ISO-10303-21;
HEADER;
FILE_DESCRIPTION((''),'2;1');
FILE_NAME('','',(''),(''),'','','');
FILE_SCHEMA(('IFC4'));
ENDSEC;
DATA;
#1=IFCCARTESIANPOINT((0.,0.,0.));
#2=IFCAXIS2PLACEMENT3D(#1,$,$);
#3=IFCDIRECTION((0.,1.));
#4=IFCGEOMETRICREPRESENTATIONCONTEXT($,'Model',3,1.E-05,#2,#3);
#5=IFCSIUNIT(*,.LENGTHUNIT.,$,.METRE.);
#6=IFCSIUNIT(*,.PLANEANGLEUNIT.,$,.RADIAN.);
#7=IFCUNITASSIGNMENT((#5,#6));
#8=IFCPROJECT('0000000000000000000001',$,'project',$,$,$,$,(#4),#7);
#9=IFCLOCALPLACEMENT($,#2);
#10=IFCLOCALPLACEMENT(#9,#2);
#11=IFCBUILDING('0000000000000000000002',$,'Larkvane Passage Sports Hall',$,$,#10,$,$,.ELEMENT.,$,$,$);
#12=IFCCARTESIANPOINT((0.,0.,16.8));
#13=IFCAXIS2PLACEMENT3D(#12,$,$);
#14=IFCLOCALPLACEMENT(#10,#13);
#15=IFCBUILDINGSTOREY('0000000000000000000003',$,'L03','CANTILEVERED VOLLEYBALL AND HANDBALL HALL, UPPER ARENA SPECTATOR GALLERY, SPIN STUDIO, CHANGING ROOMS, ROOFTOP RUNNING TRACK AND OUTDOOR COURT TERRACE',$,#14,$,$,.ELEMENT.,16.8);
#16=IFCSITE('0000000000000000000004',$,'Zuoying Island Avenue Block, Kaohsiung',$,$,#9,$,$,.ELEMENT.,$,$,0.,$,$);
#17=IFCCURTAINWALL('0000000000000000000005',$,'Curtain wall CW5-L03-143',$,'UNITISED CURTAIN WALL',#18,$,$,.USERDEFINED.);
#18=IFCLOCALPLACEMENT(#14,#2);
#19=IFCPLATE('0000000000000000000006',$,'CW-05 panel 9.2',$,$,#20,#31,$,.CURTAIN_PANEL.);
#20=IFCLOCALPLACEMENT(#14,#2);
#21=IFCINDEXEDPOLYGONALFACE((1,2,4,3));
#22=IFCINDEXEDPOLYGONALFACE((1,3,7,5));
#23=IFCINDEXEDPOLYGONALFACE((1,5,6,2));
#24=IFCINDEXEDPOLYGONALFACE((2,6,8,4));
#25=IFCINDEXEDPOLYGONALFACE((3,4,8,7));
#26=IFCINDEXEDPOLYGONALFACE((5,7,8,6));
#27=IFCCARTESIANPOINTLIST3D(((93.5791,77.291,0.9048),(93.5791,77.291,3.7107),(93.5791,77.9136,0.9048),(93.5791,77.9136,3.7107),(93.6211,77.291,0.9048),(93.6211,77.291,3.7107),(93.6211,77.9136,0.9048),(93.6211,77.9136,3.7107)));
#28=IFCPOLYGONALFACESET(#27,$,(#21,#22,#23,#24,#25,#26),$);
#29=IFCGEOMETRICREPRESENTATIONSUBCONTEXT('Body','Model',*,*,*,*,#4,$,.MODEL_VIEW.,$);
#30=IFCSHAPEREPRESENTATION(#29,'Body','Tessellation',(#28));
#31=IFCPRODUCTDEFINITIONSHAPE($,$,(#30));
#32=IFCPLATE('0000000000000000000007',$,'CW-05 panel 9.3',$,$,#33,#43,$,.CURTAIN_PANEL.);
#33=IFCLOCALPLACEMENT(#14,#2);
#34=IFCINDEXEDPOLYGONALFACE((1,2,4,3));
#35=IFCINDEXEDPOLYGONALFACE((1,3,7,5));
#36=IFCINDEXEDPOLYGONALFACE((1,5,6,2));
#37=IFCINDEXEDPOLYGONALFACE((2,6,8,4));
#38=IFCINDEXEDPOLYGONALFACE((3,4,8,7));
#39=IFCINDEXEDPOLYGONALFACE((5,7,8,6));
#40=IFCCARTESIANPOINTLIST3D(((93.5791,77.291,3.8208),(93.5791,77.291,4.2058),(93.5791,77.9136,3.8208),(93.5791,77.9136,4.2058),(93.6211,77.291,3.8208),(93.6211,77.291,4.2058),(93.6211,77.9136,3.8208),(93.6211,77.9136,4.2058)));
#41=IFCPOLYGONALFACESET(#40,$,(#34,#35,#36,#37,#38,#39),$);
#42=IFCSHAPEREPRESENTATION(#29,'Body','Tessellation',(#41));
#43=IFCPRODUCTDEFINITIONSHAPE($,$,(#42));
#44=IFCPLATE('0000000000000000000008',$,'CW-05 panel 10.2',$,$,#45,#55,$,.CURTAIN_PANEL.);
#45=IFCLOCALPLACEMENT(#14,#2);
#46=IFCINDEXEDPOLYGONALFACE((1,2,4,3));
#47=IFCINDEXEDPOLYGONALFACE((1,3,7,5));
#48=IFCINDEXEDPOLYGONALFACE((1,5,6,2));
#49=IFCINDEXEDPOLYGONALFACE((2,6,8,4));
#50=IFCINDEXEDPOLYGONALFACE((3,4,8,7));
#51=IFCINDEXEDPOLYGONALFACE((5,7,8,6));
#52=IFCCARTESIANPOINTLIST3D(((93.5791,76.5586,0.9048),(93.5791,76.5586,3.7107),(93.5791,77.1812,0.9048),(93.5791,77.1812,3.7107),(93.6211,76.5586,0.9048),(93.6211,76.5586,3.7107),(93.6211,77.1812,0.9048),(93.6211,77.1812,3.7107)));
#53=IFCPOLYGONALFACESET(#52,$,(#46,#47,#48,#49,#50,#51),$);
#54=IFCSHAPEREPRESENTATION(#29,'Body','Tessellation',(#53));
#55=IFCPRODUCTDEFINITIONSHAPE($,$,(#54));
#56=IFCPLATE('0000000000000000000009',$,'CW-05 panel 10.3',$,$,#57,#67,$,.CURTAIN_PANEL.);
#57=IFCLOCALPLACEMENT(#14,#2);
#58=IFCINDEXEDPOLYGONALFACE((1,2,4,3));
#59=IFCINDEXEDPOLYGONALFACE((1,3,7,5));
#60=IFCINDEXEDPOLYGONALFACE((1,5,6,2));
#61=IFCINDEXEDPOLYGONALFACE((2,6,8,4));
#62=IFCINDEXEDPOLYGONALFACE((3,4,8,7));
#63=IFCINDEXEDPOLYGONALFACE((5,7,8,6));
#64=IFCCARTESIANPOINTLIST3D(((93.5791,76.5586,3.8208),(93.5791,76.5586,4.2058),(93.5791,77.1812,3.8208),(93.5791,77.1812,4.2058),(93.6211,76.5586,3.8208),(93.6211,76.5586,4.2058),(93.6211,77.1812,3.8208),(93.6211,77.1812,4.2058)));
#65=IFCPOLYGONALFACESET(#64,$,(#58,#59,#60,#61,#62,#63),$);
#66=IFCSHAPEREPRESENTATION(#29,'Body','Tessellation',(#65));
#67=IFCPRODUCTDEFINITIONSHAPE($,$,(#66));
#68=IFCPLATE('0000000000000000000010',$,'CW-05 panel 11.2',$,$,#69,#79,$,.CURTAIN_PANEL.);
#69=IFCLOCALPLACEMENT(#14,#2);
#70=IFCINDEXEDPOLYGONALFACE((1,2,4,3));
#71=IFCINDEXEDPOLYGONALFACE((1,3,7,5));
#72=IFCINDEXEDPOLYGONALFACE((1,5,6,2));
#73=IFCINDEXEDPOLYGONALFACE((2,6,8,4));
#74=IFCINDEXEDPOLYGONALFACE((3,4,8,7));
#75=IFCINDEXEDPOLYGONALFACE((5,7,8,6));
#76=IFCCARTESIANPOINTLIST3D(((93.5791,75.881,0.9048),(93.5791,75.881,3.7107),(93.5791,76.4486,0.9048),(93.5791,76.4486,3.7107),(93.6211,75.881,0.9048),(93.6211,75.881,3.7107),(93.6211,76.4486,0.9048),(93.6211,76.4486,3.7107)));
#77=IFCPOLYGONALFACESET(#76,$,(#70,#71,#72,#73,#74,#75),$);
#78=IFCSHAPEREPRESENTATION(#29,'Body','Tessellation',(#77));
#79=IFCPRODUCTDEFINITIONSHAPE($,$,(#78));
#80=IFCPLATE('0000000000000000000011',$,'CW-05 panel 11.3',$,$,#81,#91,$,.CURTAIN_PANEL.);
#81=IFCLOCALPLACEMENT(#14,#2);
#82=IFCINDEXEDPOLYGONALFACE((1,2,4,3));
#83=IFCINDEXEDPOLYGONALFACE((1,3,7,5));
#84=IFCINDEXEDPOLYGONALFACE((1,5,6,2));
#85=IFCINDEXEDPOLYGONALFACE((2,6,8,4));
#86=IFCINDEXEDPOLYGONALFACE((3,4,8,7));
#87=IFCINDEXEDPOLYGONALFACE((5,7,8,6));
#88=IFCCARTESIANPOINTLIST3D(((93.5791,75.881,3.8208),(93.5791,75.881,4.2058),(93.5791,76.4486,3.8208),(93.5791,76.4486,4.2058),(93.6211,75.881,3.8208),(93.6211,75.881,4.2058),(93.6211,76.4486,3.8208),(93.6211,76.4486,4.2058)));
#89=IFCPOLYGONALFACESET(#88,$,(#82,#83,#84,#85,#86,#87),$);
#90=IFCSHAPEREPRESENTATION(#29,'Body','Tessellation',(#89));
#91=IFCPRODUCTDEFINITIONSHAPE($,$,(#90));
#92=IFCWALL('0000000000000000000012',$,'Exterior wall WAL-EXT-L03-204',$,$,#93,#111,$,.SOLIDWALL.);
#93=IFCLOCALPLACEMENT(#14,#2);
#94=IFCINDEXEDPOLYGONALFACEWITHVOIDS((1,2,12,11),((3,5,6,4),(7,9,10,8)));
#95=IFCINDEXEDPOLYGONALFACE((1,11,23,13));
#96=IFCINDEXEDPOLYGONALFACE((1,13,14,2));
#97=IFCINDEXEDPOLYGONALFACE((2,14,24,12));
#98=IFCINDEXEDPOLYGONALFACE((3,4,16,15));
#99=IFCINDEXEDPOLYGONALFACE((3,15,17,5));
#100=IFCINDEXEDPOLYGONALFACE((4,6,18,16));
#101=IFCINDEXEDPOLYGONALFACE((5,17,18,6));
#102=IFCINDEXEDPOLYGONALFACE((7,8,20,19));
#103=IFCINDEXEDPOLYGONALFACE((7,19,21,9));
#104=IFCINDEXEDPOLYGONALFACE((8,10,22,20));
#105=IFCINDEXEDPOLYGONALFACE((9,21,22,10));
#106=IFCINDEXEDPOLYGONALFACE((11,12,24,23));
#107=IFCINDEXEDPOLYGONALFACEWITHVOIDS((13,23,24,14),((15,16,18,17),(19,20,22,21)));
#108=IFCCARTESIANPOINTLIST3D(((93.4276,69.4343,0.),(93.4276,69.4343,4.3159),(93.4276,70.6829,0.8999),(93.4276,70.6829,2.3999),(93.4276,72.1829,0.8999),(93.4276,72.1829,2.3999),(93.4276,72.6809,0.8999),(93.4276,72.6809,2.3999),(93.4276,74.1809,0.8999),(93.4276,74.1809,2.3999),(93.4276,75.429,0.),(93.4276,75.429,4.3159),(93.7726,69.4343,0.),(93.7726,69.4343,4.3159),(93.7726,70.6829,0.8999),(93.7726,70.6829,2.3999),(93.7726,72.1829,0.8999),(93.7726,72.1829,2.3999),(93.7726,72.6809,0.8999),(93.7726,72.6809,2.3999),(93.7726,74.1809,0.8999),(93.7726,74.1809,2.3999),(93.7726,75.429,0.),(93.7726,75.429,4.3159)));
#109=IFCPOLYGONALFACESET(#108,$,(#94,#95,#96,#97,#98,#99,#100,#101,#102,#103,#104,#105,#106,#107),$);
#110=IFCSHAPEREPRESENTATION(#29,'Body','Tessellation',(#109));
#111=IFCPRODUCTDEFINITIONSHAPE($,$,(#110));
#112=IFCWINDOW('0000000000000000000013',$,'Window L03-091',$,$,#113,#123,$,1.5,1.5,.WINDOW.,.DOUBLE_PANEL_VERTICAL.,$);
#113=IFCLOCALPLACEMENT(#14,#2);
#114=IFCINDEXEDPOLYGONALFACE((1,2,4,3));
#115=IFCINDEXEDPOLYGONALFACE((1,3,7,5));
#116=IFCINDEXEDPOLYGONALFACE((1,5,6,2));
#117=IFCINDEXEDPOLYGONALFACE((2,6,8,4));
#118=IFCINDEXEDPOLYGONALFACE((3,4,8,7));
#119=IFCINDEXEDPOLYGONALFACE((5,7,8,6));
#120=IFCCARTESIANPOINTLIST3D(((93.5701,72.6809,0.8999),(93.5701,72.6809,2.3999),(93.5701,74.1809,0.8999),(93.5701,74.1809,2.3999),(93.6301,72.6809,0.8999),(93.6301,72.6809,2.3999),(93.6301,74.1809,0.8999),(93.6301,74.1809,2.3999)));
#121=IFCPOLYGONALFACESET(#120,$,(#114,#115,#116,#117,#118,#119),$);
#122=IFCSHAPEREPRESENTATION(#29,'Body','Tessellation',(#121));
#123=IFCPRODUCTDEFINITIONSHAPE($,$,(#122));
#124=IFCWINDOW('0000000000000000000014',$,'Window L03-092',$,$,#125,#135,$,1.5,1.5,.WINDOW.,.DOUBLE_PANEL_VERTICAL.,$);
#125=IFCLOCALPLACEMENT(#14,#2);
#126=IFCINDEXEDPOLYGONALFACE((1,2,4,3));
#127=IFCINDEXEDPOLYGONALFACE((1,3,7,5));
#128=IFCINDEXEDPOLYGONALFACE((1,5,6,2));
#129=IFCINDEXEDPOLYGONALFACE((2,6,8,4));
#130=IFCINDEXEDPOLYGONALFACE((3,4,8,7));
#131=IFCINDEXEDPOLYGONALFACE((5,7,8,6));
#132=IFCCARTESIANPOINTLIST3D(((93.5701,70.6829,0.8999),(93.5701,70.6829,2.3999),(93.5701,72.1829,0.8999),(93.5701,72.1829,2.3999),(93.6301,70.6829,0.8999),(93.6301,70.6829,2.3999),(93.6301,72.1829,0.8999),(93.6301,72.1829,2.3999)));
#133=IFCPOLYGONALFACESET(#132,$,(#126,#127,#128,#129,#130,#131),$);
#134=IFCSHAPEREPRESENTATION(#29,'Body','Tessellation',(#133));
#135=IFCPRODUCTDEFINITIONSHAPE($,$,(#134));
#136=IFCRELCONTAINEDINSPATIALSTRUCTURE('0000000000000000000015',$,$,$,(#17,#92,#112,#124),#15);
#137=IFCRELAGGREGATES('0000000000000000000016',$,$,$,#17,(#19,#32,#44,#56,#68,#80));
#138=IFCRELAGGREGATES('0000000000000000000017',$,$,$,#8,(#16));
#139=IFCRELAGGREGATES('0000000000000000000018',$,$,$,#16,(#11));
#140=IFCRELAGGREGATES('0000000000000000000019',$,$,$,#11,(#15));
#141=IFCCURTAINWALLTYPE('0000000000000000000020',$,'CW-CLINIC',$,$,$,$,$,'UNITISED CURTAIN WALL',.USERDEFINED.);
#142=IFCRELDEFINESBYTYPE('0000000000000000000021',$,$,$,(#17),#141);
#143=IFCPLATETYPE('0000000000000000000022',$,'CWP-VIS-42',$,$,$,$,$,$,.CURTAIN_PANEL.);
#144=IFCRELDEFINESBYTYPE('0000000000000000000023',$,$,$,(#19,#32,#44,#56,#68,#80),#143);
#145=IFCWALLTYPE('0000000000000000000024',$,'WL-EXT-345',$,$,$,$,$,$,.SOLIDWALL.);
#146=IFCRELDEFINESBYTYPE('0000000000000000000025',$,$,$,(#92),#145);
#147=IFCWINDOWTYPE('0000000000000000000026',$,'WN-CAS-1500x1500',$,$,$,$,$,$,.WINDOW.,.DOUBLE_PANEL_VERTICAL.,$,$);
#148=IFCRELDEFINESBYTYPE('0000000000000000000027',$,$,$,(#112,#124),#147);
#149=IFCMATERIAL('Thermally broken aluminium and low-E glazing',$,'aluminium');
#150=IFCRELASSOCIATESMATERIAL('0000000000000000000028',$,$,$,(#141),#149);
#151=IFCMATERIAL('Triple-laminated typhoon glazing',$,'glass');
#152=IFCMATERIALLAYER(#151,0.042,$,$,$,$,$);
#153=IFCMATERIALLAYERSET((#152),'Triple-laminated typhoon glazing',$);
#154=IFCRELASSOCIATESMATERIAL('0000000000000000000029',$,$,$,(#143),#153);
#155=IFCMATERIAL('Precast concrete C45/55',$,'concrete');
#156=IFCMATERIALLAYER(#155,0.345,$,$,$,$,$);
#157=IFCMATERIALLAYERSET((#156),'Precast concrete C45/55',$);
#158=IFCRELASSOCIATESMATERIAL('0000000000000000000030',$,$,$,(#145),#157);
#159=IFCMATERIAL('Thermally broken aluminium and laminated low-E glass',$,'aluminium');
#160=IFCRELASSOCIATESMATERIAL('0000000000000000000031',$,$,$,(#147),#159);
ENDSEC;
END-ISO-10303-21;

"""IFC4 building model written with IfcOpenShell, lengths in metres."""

from ifc_helpers import new_model, si_unit, direction, frame, frame_2d, origin, origin_2d, place, context, subcontext, project, spatial, rectangle, extrude, material, layer, layer_set, type_object, element, fill, aggregate, save


model = new_model("IFC4")

# Units and contexts
model_context = context("Model", 3, precision=1e-05, world=origin(), true_north=direction((0.0, 1.0)))
body_context = subcontext(model_context, "Body", "Model", "MODEL_VIEW")
ifc_project = project(units=[si_unit("LENGTHUNIT", "METRE"), si_unit("PLANEANGLEUNIT", "RADIAN")], contexts=[model_context])

# Site, building, storey
site_placement = place(None, origin())
site = spatial("IfcSite", under=ifc_project, at=site_placement, Name="Zuoying Island Avenue Block, Kaohsiung", CompositionType="ELEMENT", RefElevation=0.0)
building_placement = place(site_placement, origin())
building = spatial("IfcBuilding", under=site, at=building_placement, Name="Larkvane Passage Sports Hall", CompositionType="ELEMENT")
storey_placement = place(building_placement, frame((0.0, 0.0, 16.8)))
storey = spatial("IfcBuildingStorey", under=building, at=storey_placement, Name="L03", Description="CANTILEVERED VOLLEYBALL AND HANDBALL HALL, UPPER ARENA SPECTATOR GALLERY, SPIN STUDIO, CHANGING ROOMS, ROOFTOP RUNNING TRACK AND OUTDOOR COURT TERRACE", CompositionType="ELEMENT", Elevation=16.8)

# Curtain wall
ifc_material_1 = material(Name="Thermally broken aluminium and low-E glazing", Category="aluminium")
curtain_wall_type_1 = type_object("IfcCurtainWallType", Name="CW-CLINIC", ElementType="UNITISED CURTAIN WALL", PredefinedType="USERDEFINED", material=ifc_material_1)
curtain_wall_1_placement = place(storey_placement, origin())
curtain_wall_1 = element("IfcCurtainWall", 1, at=curtain_wall_1_placement, inside=storey, type_object=curtain_wall_type_1, Name="Curtain wall CW5-L03-143", ObjectType="UNITISED CURTAIN WALL", PredefinedType="USERDEFINED")

# Plates
ifc_material_2 = material(Name="Triple-laminated typhoon glazing", Category="glass")
ifc_layer_1 = layer(ifc_material_2, 0.042)
ifc_layer_set_1 = layer_set([ifc_layer_1], Name="Triple-laminated typhoon glazing")
plate_type_1 = type_object("IfcPlateType", Name="CWP-VIS-42", PredefinedType="CURTAIN_PANEL", material=ifc_layer_set_1)
plate_1_placement = place(storey_placement, frame((93.6001, 77.6023, 0.9048), z_axis=(0.0, 0.0, 1.0), x_axis=(0.0, -1.0, 0.0)))
plate_1 = element("IfcPlate", 2, at=plate_1_placement, type_object=plate_type_1, Name="CW-05 panel 9.2", PredefinedType="CURTAIN_PANEL", context=body_context, shape_type="SweptSolid", body=[
    extrude(rectangle(XDim=0.6226, YDim=0.042, at=origin_2d()), origin(), (0.0, 0.0, 1.0), 2.8059),
])
plate_2_placement = place(storey_placement, frame((93.6001, 77.6023, 3.8208), z_axis=(0.0, 0.0, 1.0), x_axis=(0.0, -1.0, 0.0)))
plate_2 = element("IfcPlate", 3, at=plate_2_placement, type_object=plate_type_1, Name="CW-05 panel 9.3", PredefinedType="CURTAIN_PANEL", context=body_context, shape_type="SweptSolid", body=[
    extrude(rectangle(XDim=0.6226, YDim=0.042, at=origin_2d()), origin(), (0.0, 0.0, 1.0), 0.385),
])
plate_3_placement = place(storey_placement, frame((93.6001, 76.8699, 0.9048), z_axis=(0.0, 0.0, 1.0), x_axis=(0.0, -1.0, 0.0)))
plate_3 = element("IfcPlate", 4, at=plate_3_placement, type_object=plate_type_1, Name="CW-05 panel 10.2", PredefinedType="CURTAIN_PANEL", context=body_context, shape_type="SweptSolid", body=[
    extrude(rectangle(XDim=0.6226, YDim=0.042, at=origin_2d()), origin(), (0.0, 0.0, 1.0), 2.8059),
])
plate_4_placement = place(storey_placement, frame((93.6001, 76.8699, 3.8208), z_axis=(0.0, 0.0, 1.0), x_axis=(0.0, -1.0, 0.0)))
plate_4 = element("IfcPlate", 5, at=plate_4_placement, type_object=plate_type_1, Name="CW-05 panel 10.3", PredefinedType="CURTAIN_PANEL", context=body_context, shape_type="SweptSolid", body=[
    extrude(rectangle(XDim=0.6226, YDim=0.042, at=origin_2d()), origin(), (0.0, 0.0, 1.0), 0.385),
])
plate_5_placement = place(storey_placement, frame((93.6001, 76.1648, 0.9048), z_axis=(0.0, 0.0, 1.0), x_axis=(0.0, -1.0, 0.0)))
plate_5 = element("IfcPlate", 6, at=plate_5_placement, type_object=plate_type_1, Name="CW-05 panel 11.2", PredefinedType="CURTAIN_PANEL", context=body_context, shape_type="SweptSolid", body=[
    extrude(rectangle(XDim=0.5676, YDim=0.042, at=origin_2d()), origin(), (0.0, 0.0, 1.0), 2.8059),
])
plate_6_placement = place(storey_placement, frame((93.6001, 76.1648, 3.8208), z_axis=(0.0, 0.0, 1.0), x_axis=(0.0, -1.0, 0.0)))
plate_6 = element("IfcPlate", 7, at=plate_6_placement, type_object=plate_type_1, Name="CW-05 panel 11.3", PredefinedType="CURTAIN_PANEL", context=body_context, shape_type="SweptSolid", body=[
    extrude(rectangle(XDim=0.5676, YDim=0.042, at=origin_2d()), origin(), (0.0, 0.0, 1.0), 0.385),
])
aggregate(curtain_wall_1, [plate_1, plate_2, plate_3, plate_4, plate_5, plate_6])

# Wall, openings, windows
ifc_material_3 = material(Name="Precast concrete C45/55", Category="concrete")
ifc_layer_2 = layer(ifc_material_3, 0.345)
ifc_layer_set_2 = layer_set([ifc_layer_2], Name="Precast concrete C45/55")
wall_type = type_object("IfcWallType", Name="WL-EXT-345", PredefinedType="SOLIDWALL", material=ifc_layer_set_2)
wall_placement = place(storey_placement, frame((93.6001, 75.429, 0.0), z_axis=(0.0, 0.0, 1.0), x_axis=(0.0, -1.0, 0.0)))
wall = element("IfcWall", 8, at=wall_placement, inside=storey, type_object=wall_type, Name="Exterior wall WAL-EXT-L03-204", PredefinedType="SOLIDWALL", context=body_context, shape_type="SweptSolid", body=[
    extrude(rectangle(XDim=5.9946, YDim=0.345, at=frame_2d((2.9973, 0.0))), origin(), (0.0, 0.0, 1.0), 4.3159),
])
opening_1_placement = place(wall_placement, frame((1.248, 0.0, 0.8999)))
opening_1 = element("IfcOpeningElement", 9, at=opening_1_placement, cuts=wall, PredefinedType="OPENING", context=body_context, shape_type="SweptSolid", body=[
    extrude(rectangle(XDim=1.5, YDim=1.5, at=frame_2d((0.75, 0.75))), frame((0.0, 0.1824, 0.0), z_axis=(0.0, -1.0, 0.0), x_axis=(1.0, 0.0, 0.0)), (0.0, 0.0, 1.0), 0.365),
])
opening_2_placement = place(wall_placement, frame((3.2461, 0.0, 0.8999)))
opening_2 = element("IfcOpeningElement", 10, at=opening_2_placement, cuts=wall, PredefinedType="OPENING", context=body_context, shape_type="SweptSolid", body=[
    extrude(rectangle(XDim=1.5, YDim=1.5, at=frame_2d((0.75, 0.75))), frame((0.0, 0.1824, 0.0), z_axis=(0.0, -1.0, 0.0), x_axis=(1.0, 0.0, 0.0)), (0.0, 0.0, 1.0), 0.365),
])
ifc_material_4 = material(Name="Thermally broken aluminium and laminated low-E glass", Category="aluminium")
window_type = type_object("IfcWindowType", Name="WN-CAS-1500x1500", PartitioningType="DOUBLE_PANEL_VERTICAL", PredefinedType="WINDOW", material=ifc_material_4)
window_1_placement = place(opening_1_placement, origin())
window_1 = element("IfcWindow", 11, at=window_1_placement, inside=storey, type_object=window_type, Name="Window L03-091", OverallHeight=1.5, OverallWidth=1.5, PartitioningType="DOUBLE_PANEL_VERTICAL", PredefinedType="WINDOW", context=body_context, shape_type="SweptSolid", body=[
    extrude(rectangle(XDim=1.5, YDim=1.5, at=frame_2d((0.75, 0.75))), frame((0.0, 0.03, 0.0), z_axis=(0.0, -1.0, 0.0), x_axis=(1.0, 0.0, 0.0)), (0.0, 0.0, 1.0), 0.0601),
])
fill(opening_1, window_1)
window_2_placement = place(opening_2_placement, origin())
window_2 = element("IfcWindow", 12, at=window_2_placement, inside=storey, type_object=window_type, Name="Window L03-092", OverallHeight=1.5, OverallWidth=1.5, PartitioningType="DOUBLE_PANEL_VERTICAL", PredefinedType="WINDOW", context=body_context, shape_type="SweptSolid", body=[
    extrude(rectangle(XDim=1.5, YDim=1.5, at=frame_2d((0.75, 0.75))), frame((0.0, 0.03, 0.0), z_axis=(0.0, -1.0, 0.0), x_axis=(1.0, 0.0, 0.0)), (0.0, 0.0, 1.0), 0.0601),
])
fill(opening_2, window_2)

save(model, "model.ifc")
